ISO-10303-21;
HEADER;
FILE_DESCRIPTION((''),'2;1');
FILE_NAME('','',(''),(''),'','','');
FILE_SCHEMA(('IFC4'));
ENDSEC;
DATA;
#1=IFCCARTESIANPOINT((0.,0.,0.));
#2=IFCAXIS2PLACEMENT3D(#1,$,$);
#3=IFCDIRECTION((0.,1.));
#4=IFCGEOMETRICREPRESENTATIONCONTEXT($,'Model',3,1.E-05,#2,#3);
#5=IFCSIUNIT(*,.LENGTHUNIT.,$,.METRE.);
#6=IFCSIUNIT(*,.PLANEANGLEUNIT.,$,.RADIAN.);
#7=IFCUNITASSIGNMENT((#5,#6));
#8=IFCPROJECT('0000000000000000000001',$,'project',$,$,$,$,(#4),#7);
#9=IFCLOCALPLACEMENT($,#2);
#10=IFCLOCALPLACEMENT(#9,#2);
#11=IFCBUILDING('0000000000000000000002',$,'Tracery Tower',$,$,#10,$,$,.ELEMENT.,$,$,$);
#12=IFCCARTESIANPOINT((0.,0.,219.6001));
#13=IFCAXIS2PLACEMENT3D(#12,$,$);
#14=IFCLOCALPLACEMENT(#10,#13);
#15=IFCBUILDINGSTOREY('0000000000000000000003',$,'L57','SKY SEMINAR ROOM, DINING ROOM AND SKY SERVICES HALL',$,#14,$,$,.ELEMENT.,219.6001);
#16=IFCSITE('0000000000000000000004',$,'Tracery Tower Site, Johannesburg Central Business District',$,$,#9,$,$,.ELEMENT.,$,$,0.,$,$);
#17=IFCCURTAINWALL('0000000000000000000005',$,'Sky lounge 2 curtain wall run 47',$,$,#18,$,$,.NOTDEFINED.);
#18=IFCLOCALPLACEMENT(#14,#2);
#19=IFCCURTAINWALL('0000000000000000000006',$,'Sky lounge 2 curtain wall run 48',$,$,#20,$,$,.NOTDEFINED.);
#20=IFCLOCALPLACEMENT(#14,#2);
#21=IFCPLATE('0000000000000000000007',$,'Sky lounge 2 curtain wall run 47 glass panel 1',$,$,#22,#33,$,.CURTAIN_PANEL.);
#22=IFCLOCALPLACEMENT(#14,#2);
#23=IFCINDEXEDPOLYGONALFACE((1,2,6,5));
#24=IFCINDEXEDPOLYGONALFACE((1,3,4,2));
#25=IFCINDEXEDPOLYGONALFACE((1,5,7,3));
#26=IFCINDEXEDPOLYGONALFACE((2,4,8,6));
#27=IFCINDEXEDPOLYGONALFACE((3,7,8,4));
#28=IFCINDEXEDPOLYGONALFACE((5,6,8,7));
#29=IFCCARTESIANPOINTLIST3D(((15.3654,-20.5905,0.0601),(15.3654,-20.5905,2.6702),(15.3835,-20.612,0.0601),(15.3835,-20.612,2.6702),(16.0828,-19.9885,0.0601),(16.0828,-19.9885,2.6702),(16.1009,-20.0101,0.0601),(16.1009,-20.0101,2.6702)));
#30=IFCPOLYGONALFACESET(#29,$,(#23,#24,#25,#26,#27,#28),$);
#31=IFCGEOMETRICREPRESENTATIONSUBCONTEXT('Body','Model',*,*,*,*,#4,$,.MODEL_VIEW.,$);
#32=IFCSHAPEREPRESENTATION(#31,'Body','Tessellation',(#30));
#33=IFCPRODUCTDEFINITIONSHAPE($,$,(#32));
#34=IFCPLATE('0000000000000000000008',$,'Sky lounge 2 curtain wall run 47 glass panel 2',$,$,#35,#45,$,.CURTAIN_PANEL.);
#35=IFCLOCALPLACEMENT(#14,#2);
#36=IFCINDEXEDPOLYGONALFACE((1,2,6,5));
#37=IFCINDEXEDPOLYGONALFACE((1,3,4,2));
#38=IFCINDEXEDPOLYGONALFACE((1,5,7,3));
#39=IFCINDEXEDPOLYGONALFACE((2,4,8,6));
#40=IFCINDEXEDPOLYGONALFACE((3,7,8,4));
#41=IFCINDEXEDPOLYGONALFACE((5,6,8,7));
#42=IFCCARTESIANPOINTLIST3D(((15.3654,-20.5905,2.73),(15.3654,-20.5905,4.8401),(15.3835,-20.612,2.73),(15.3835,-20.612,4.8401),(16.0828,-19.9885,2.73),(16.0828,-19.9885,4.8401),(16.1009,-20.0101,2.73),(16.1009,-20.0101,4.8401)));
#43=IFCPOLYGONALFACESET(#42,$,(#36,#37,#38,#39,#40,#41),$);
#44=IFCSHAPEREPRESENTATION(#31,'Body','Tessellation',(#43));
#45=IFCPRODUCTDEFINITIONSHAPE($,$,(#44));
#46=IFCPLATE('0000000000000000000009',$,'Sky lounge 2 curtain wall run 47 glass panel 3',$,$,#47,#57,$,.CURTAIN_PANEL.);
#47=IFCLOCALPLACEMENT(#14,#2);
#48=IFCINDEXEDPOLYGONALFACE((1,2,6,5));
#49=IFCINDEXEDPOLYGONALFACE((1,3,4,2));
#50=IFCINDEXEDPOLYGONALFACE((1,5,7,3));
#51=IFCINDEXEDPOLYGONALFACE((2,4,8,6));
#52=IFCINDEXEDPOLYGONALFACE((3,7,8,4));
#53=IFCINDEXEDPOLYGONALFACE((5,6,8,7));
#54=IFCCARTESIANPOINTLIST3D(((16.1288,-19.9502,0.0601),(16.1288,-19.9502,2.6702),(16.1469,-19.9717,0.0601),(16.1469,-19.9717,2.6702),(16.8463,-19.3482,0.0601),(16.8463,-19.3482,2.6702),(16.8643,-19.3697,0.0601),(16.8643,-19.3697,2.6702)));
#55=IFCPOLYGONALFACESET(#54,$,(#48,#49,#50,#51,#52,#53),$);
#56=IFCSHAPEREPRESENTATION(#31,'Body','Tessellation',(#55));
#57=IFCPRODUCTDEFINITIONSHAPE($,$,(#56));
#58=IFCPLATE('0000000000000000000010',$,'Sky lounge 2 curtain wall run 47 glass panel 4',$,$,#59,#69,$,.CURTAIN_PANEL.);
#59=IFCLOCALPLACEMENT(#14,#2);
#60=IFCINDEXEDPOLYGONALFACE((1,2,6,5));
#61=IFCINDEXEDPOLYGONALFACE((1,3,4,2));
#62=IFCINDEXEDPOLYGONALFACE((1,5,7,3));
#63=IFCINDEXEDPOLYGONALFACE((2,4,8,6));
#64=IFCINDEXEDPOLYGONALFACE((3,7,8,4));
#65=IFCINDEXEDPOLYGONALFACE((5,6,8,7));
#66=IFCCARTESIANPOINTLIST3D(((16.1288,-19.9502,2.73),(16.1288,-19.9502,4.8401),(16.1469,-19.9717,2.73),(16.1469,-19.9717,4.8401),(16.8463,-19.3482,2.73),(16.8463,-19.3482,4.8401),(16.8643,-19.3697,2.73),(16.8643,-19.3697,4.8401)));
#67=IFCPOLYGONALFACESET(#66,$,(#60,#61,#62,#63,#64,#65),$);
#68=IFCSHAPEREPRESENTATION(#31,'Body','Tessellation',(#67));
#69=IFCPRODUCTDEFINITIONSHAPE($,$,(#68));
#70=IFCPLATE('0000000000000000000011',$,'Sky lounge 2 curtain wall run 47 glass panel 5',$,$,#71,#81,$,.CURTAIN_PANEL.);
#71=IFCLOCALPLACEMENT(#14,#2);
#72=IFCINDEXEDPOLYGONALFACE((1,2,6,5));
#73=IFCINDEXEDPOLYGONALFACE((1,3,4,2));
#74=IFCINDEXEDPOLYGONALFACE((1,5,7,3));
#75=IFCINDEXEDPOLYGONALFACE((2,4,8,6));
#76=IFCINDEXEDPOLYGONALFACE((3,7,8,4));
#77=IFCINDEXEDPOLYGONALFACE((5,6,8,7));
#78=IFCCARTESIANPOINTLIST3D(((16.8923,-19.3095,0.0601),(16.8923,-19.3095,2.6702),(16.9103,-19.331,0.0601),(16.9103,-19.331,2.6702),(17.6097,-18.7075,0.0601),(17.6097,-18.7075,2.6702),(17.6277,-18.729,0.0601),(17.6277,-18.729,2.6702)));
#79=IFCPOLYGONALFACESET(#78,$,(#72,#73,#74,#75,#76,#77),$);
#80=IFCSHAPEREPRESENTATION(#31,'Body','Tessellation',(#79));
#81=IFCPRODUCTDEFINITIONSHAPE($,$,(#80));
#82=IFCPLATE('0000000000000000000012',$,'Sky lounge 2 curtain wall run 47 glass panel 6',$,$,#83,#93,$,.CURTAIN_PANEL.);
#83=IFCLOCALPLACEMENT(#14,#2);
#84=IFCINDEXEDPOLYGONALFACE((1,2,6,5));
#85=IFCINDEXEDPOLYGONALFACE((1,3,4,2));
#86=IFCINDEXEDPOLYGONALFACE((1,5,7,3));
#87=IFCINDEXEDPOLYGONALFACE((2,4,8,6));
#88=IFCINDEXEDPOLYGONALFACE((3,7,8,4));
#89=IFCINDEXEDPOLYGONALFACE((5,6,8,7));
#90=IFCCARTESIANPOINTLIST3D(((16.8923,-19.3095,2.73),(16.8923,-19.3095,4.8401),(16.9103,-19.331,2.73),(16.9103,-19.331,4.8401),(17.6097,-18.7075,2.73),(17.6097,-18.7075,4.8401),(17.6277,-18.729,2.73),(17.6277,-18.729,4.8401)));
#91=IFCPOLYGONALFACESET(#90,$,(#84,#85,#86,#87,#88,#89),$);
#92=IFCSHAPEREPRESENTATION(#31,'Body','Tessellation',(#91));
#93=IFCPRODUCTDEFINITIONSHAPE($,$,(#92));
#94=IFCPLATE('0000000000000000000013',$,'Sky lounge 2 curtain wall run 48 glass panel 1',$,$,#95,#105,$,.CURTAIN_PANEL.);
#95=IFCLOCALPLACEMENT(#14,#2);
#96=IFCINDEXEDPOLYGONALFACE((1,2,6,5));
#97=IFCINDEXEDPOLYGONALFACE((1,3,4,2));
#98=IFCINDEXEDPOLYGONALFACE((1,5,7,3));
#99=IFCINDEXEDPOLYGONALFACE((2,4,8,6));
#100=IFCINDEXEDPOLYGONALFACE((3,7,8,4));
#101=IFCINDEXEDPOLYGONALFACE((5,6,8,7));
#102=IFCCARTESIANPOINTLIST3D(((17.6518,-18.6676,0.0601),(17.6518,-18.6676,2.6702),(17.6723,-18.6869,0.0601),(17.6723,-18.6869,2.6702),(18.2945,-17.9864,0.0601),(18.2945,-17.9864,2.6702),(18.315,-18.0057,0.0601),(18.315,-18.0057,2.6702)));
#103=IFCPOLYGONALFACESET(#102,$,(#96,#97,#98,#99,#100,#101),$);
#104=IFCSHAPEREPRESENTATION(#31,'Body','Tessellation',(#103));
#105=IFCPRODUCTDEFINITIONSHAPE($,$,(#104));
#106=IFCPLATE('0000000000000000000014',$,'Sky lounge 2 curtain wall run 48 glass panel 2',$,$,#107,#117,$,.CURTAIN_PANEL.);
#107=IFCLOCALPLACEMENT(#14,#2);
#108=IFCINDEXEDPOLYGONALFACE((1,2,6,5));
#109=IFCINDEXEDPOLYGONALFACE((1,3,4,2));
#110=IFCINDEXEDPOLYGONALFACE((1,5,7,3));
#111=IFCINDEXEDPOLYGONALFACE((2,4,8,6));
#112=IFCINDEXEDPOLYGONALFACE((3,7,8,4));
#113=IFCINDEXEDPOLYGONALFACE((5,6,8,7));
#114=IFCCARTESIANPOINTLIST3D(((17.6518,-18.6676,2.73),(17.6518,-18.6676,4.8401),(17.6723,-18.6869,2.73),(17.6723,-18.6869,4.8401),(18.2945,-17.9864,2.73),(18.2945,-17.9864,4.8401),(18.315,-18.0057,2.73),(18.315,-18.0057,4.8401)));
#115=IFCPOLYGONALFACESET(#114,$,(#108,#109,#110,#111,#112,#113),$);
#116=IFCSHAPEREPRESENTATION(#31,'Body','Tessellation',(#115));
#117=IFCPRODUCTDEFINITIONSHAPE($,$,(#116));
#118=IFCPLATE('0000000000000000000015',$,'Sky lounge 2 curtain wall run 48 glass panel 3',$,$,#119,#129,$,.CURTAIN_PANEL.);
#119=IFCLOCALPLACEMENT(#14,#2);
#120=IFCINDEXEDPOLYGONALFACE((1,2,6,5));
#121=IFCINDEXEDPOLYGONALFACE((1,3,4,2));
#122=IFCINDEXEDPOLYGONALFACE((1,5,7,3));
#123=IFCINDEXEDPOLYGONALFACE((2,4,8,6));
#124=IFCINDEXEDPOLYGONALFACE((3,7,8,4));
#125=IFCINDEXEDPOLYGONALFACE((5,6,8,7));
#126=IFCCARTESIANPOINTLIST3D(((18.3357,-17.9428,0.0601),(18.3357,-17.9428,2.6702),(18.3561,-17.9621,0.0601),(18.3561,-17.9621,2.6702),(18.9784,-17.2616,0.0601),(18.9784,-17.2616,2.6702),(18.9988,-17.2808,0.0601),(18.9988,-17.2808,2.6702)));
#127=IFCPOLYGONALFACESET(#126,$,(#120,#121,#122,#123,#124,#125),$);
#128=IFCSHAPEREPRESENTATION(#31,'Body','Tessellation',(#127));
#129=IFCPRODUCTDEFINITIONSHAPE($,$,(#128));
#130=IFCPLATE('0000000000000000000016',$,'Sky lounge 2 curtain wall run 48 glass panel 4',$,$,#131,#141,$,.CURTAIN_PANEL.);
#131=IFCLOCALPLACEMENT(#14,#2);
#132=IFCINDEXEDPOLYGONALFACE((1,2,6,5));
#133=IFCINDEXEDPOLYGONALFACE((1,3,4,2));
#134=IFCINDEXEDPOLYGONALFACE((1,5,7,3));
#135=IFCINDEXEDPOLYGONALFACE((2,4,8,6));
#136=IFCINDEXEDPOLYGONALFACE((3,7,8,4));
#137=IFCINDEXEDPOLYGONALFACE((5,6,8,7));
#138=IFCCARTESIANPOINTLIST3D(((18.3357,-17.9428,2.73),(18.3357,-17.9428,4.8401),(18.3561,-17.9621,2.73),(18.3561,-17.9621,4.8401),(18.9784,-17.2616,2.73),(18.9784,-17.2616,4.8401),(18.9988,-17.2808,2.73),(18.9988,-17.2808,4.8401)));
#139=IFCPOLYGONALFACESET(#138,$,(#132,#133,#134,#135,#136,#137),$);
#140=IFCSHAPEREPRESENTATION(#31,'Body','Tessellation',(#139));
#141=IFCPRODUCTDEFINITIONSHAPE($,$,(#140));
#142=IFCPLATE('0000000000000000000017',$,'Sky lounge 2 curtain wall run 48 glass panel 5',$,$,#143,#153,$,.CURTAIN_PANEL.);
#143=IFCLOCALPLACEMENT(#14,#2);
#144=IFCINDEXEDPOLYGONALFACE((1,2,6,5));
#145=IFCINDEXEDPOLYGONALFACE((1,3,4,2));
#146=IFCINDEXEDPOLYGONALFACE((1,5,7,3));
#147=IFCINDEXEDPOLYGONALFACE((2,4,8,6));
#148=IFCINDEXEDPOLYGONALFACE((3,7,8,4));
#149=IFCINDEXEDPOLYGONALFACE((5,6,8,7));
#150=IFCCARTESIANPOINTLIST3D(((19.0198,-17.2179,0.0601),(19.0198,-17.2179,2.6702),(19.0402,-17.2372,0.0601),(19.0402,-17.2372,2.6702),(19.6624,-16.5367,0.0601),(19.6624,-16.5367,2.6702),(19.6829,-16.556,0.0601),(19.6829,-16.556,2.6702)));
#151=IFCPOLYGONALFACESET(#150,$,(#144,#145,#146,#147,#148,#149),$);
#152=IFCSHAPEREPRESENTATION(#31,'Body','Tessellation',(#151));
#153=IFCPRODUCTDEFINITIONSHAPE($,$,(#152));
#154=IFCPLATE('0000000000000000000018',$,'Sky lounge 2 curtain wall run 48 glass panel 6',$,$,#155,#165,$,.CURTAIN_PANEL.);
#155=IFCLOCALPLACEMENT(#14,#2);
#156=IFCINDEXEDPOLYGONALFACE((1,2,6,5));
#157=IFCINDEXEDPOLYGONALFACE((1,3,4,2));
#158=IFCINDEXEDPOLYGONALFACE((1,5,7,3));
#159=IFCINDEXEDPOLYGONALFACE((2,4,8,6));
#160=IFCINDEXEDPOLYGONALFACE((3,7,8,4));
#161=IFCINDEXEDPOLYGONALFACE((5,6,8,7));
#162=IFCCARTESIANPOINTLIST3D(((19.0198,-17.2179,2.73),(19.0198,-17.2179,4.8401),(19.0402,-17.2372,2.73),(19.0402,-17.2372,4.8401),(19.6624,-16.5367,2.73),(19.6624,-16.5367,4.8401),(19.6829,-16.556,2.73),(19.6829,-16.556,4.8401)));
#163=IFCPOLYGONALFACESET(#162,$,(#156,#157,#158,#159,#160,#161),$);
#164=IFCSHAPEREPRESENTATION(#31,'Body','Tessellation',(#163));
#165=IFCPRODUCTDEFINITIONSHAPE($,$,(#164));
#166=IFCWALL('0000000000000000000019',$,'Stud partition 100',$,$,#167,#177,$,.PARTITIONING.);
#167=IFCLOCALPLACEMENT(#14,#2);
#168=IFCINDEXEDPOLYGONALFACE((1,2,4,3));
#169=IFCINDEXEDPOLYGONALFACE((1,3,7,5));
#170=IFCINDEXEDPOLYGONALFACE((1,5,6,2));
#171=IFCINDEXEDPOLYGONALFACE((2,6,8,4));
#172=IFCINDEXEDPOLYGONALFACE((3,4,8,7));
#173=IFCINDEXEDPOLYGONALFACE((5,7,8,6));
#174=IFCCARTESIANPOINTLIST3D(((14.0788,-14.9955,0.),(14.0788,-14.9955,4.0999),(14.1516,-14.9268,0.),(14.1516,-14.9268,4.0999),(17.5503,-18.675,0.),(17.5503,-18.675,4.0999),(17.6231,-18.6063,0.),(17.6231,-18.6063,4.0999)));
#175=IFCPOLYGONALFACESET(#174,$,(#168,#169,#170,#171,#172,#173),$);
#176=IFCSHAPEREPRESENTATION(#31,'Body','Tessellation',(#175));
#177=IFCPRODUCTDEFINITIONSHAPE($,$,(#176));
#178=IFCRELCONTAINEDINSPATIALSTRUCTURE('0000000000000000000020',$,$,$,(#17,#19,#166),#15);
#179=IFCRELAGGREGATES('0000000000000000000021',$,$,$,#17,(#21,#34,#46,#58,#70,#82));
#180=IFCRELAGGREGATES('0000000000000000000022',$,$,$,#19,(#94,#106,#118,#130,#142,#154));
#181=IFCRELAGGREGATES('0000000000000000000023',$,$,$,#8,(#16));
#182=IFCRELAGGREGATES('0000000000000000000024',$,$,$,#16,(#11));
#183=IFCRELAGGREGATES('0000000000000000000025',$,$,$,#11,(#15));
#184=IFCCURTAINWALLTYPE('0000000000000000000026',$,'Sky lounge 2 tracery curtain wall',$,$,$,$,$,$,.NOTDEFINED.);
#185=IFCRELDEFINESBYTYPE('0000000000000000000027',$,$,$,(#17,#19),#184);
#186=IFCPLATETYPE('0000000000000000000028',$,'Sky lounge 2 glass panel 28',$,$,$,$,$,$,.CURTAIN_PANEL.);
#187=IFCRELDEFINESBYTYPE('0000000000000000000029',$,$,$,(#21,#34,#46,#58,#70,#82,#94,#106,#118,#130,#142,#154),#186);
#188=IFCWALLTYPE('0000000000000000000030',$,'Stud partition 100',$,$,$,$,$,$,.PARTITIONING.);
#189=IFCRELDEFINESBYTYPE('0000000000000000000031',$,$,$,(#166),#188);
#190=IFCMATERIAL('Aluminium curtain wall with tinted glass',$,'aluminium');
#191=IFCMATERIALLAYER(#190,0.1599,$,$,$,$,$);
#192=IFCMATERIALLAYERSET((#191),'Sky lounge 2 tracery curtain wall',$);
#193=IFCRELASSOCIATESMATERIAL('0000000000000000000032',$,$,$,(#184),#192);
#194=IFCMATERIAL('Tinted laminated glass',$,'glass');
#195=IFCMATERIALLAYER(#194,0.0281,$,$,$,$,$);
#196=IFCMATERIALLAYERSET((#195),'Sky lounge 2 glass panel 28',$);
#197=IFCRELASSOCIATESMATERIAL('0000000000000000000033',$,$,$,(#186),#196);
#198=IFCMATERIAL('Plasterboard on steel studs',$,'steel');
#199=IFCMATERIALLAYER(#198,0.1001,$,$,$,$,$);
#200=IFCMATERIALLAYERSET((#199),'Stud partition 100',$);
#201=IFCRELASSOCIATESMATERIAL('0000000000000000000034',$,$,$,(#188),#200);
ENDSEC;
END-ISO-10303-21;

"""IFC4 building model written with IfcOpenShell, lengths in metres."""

from ifc_helpers import new_model, si_unit, direction, frame, frame_2d, origin, origin_2d, place, context, subcontext, project, spatial, rectangle, extrude, material, layer, layer_set, type_object, element, aggregate, save


model = new_model("IFC4")

# Units and contexts
model_context = context("Model", 3, precision=1e-05, world=origin(), true_north=direction((0.0, 1.0)))
body_context = subcontext(model_context, "Body", "Model", "MODEL_VIEW")
ifc_project = project(units=[si_unit("LENGTHUNIT", "METRE"), si_unit("PLANEANGLEUNIT", "RADIAN")], contexts=[model_context])

# Site, building, storey
site_placement = place(None, origin())
site = spatial("IfcSite", under=ifc_project, at=site_placement, Name="Tracery Tower Site, Johannesburg Central Business District", CompositionType="ELEMENT", RefElevation=0.0)
building_placement = place(site_placement, origin())
building = spatial("IfcBuilding", under=site, at=building_placement, Name="Tracery Tower", CompositionType="ELEMENT")
storey_placement = place(building_placement, frame((0.0, 0.0, 219.6001)))
storey = spatial("IfcBuildingStorey", under=building, at=storey_placement, Name="L57", Description="SKY SEMINAR ROOM, DINING ROOM AND SKY SERVICES HALL", CompositionType="ELEMENT", Elevation=219.6001)

# Curtain walls
ifc_material_1 = material(Name="Aluminium curtain wall with tinted glass", Category="aluminium")
ifc_layer_1 = layer(ifc_material_1, 0.1599)
ifc_layer_set_1 = layer_set([ifc_layer_1], Name="Sky lounge 2 tracery curtain wall")
curtain_wall_type = type_object("IfcCurtainWallType", Name="Sky lounge 2 tracery curtain wall", PredefinedType="NOTDEFINED", material=ifc_layer_set_1)
curtain_wall_1_placement = place(storey_placement, origin())
curtain_wall_1 = element("IfcCurtainWall", 1, at=curtain_wall_1_placement, inside=storey, type_object=curtain_wall_type, Name="Sky lounge 2 curtain wall run 47", PredefinedType="NOTDEFINED")
curtain_wall_2_placement = place(storey_placement, origin())
curtain_wall_2 = element("IfcCurtainWall", 2, at=curtain_wall_2_placement, inside=storey, type_object=curtain_wall_type, Name="Sky lounge 2 curtain wall run 48", PredefinedType="NOTDEFINED")

# Shared definitions
ifc_material_2 = material(Name="Tinted laminated glass", Category="glass")
ifc_layer_2 = layer(ifc_material_2, 0.0281)
ifc_layer_set_2 = layer_set([ifc_layer_2], Name="Sky lounge 2 glass panel 28")
plate_type = type_object("IfcPlateType", Name="Sky lounge 2 glass panel 28", PredefinedType="CURTAIN_PANEL", material=ifc_layer_set_2)

# Plates
plate_1_placement = place(storey_placement, frame((15.7332, -20.3003, 0.0601), z_axis=(0.0, 0.0, 1.0), x_axis=(0.766044, 0.642788, 0.0)))
plate_1 = element("IfcPlate", 3, at=plate_1_placement, type_object=plate_type, Name="Sky lounge 2 curtain wall run 47 glass panel 1", PredefinedType="CURTAIN_PANEL", context=body_context, shape_type="SweptSolid", body=[
    extrude(rectangle(XDim=0.9365, YDim=0.0281, at=origin_2d()), origin(), (0.0, 0.0, 1.0), 2.6101),
])
plate_2_placement = place(storey_placement, frame((15.7332, -20.3003, 2.73), z_axis=(0.0, 0.0, 1.0), x_axis=(0.766044, 0.642788, 0.0)))
plate_2 = element("IfcPlate", 4, at=plate_2_placement, type_object=plate_type, Name="Sky lounge 2 curtain wall run 47 glass panel 2", PredefinedType="CURTAIN_PANEL", context=body_context, shape_type="SweptSolid", body=[
    extrude(rectangle(XDim=0.9365, YDim=0.0281, at=origin_2d()), origin(), (0.0, 0.0, 1.0), 2.1101),
])
plate_3_placement = place(storey_placement, frame((16.4966, -19.6599, 0.0601), z_axis=(0.0, 0.0, 1.0), x_axis=(0.766044, 0.642788, 0.0)))
plate_3 = element("IfcPlate", 5, at=plate_3_placement, type_object=plate_type, Name="Sky lounge 2 curtain wall run 47 glass panel 3", PredefinedType="CURTAIN_PANEL", context=body_context, shape_type="SweptSolid", body=[
    extrude(rectangle(XDim=0.9365, YDim=0.0281, at=origin_2d()), origin(), (0.0, 0.0, 1.0), 2.6101),
])
plate_4_placement = place(storey_placement, frame((16.4966, -19.6599, 2.73), z_axis=(0.0, 0.0, 1.0), x_axis=(0.766044, 0.642788, 0.0)))
plate_4 = element("IfcPlate", 6, at=plate_4_placement, type_object=plate_type, Name="Sky lounge 2 curtain wall run 47 glass panel 4", PredefinedType="CURTAIN_PANEL", context=body_context, shape_type="SweptSolid", body=[
    extrude(rectangle(XDim=0.9365, YDim=0.0281, at=origin_2d()), origin(), (0.0, 0.0, 1.0), 2.1101),
])
plate_5_placement = place(storey_placement, frame((17.26, -19.0193, 0.0601), z_axis=(0.0, 0.0, 1.0), x_axis=(0.766044, 0.642788, 0.0)))
plate_5 = element("IfcPlate", 7, at=plate_5_placement, type_object=plate_type, Name="Sky lounge 2 curtain wall run 47 glass panel 5", PredefinedType="CURTAIN_PANEL", context=body_context, shape_type="SweptSolid", body=[
    extrude(rectangle(XDim=0.9365, YDim=0.0281, at=origin_2d()), origin(), (0.0, 0.0, 1.0), 2.6101),
])
plate_6_placement = place(storey_placement, frame((17.26, -19.0193, 2.73), z_axis=(0.0, 0.0, 1.0), x_axis=(0.766044, 0.642788, 0.0)))
plate_6 = element("IfcPlate", 8, at=plate_6_placement, type_object=plate_type, Name="Sky lounge 2 curtain wall run 47 glass panel 6", PredefinedType="CURTAIN_PANEL", context=body_context, shape_type="SweptSolid", body=[
    extrude(rectangle(XDim=0.9365, YDim=0.0281, at=origin_2d()), origin(), (0.0, 0.0, 1.0), 2.1101),
])
aggregate(curtain_wall_1, [plate_1, plate_2, plate_3, plate_4, plate_5, plate_6])
plate_7_placement = place(storey_placement, frame((17.9834, -18.3367, 0.0601), z_axis=(0.0, 0.0, 1.0), x_axis=(0.686242, 0.727374, 0.0)))
plate_7 = element("IfcPlate", 9, at=plate_7_placement, type_object=plate_type, Name="Sky lounge 2 curtain wall run 48 glass panel 1", PredefinedType="CURTAIN_PANEL", context=body_context, shape_type="SweptSolid", body=[
    extrude(rectangle(XDim=0.9365, YDim=0.0281, at=origin_2d()), origin(), (0.0, 0.0, 1.0), 2.6101),
])
plate_8_placement = place(storey_placement, frame((17.9834, -18.3367, 2.73), z_axis=(0.0, 0.0, 1.0), x_axis=(0.686242, 0.727374, 0.0)))
plate_8 = element("IfcPlate", 10, at=plate_8_placement, type_object=plate_type, Name="Sky lounge 2 curtain wall run 48 glass panel 2", PredefinedType="CURTAIN_PANEL", context=body_context, shape_type="SweptSolid", body=[
    extrude(rectangle(XDim=0.9365, YDim=0.0281, at=origin_2d()), origin(), (0.0, 0.0, 1.0), 2.1101),
])
plate_9_placement = place(storey_placement, frame((18.6672, -17.6118, 0.0601), z_axis=(0.0, 0.0, 1.0), x_axis=(0.686242, 0.727374, 0.0)))
plate_9 = element("IfcPlate", 11, at=plate_9_placement, type_object=plate_type, Name="Sky lounge 2 curtain wall run 48 glass panel 3", PredefinedType="CURTAIN_PANEL", context=body_context, shape_type="SweptSolid", body=[
    extrude(rectangle(XDim=0.9365, YDim=0.0281, at=origin_2d()), origin(), (0.0, 0.0, 1.0), 2.6101),
])
plate_10_placement = place(storey_placement, frame((18.6672, -17.6118, 2.73), z_axis=(0.0, 0.0, 1.0), x_axis=(0.686242, 0.727374, 0.0)))
plate_10 = element("IfcPlate", 12, at=plate_10_placement, type_object=plate_type, Name="Sky lounge 2 curtain wall run 48 glass panel 4", PredefinedType="CURTAIN_PANEL", context=body_context, shape_type="SweptSolid", body=[
    extrude(rectangle(XDim=0.9365, YDim=0.0281, at=origin_2d()), origin(), (0.0, 0.0, 1.0), 2.1101),
])
plate_11_placement = place(storey_placement, frame((19.3513, -16.887, 0.0601), z_axis=(0.0, 0.0, 1.0), x_axis=(0.686242, 0.727374, 0.0)))
plate_11 = element("IfcPlate", 13, at=plate_11_placement, type_object=plate_type, Name="Sky lounge 2 curtain wall run 48 glass panel 5", PredefinedType="CURTAIN_PANEL", context=body_context, shape_type="SweptSolid", body=[
    extrude(rectangle(XDim=0.9365, YDim=0.0281, at=origin_2d()), origin(), (0.0, 0.0, 1.0), 2.6101),
])
plate_12_placement = place(storey_placement, frame((19.3513, -16.887, 2.73), z_axis=(0.0, 0.0, 1.0), x_axis=(0.686242, 0.727374, 0.0)))
plate_12 = element("IfcPlate", 14, at=plate_12_placement, type_object=plate_type, Name="Sky lounge 2 curtain wall run 48 glass panel 6", PredefinedType="CURTAIN_PANEL", context=body_context, shape_type="SweptSolid", body=[
    extrude(rectangle(XDim=0.9365, YDim=0.0281, at=origin_2d()), origin(), (0.0, 0.0, 1.0), 2.1101),
])
aggregate(curtain_wall_2, [plate_7, plate_8, plate_9, plate_10, plate_11, plate_12])

# Wall
ifc_material_3 = material(Name="Plasterboard on steel studs", Category="steel")
ifc_layer_3 = layer(ifc_material_3, 0.1001)
ifc_layer_set_3 = layer_set([ifc_layer_3], Name="Stud partition 100")
wall_type = type_object("IfcWallType", Name="Stud partition 100", PredefinedType="PARTITIONING", material=ifc_layer_set_3)
wall_placement = place(storey_placement, frame((17.5867, -18.6406, 0.0), z_axis=(0.0, 0.0, 1.0), x_axis=(-0.686248, 0.727368, 0.0)))
element("IfcWall", 15, at=wall_placement, inside=storey, type_object=wall_type, Name="Stud partition 100", PredefinedType="PARTITIONING", context=body_context, shape_type="SweptSolid", body=[
    extrude(rectangle(XDim=5.0586, YDim=0.1001, at=frame_2d((2.5293, 0.0))), origin(), (0.0, 0.0, 1.0), 4.0999),
])

save(model, "model.ifc")
